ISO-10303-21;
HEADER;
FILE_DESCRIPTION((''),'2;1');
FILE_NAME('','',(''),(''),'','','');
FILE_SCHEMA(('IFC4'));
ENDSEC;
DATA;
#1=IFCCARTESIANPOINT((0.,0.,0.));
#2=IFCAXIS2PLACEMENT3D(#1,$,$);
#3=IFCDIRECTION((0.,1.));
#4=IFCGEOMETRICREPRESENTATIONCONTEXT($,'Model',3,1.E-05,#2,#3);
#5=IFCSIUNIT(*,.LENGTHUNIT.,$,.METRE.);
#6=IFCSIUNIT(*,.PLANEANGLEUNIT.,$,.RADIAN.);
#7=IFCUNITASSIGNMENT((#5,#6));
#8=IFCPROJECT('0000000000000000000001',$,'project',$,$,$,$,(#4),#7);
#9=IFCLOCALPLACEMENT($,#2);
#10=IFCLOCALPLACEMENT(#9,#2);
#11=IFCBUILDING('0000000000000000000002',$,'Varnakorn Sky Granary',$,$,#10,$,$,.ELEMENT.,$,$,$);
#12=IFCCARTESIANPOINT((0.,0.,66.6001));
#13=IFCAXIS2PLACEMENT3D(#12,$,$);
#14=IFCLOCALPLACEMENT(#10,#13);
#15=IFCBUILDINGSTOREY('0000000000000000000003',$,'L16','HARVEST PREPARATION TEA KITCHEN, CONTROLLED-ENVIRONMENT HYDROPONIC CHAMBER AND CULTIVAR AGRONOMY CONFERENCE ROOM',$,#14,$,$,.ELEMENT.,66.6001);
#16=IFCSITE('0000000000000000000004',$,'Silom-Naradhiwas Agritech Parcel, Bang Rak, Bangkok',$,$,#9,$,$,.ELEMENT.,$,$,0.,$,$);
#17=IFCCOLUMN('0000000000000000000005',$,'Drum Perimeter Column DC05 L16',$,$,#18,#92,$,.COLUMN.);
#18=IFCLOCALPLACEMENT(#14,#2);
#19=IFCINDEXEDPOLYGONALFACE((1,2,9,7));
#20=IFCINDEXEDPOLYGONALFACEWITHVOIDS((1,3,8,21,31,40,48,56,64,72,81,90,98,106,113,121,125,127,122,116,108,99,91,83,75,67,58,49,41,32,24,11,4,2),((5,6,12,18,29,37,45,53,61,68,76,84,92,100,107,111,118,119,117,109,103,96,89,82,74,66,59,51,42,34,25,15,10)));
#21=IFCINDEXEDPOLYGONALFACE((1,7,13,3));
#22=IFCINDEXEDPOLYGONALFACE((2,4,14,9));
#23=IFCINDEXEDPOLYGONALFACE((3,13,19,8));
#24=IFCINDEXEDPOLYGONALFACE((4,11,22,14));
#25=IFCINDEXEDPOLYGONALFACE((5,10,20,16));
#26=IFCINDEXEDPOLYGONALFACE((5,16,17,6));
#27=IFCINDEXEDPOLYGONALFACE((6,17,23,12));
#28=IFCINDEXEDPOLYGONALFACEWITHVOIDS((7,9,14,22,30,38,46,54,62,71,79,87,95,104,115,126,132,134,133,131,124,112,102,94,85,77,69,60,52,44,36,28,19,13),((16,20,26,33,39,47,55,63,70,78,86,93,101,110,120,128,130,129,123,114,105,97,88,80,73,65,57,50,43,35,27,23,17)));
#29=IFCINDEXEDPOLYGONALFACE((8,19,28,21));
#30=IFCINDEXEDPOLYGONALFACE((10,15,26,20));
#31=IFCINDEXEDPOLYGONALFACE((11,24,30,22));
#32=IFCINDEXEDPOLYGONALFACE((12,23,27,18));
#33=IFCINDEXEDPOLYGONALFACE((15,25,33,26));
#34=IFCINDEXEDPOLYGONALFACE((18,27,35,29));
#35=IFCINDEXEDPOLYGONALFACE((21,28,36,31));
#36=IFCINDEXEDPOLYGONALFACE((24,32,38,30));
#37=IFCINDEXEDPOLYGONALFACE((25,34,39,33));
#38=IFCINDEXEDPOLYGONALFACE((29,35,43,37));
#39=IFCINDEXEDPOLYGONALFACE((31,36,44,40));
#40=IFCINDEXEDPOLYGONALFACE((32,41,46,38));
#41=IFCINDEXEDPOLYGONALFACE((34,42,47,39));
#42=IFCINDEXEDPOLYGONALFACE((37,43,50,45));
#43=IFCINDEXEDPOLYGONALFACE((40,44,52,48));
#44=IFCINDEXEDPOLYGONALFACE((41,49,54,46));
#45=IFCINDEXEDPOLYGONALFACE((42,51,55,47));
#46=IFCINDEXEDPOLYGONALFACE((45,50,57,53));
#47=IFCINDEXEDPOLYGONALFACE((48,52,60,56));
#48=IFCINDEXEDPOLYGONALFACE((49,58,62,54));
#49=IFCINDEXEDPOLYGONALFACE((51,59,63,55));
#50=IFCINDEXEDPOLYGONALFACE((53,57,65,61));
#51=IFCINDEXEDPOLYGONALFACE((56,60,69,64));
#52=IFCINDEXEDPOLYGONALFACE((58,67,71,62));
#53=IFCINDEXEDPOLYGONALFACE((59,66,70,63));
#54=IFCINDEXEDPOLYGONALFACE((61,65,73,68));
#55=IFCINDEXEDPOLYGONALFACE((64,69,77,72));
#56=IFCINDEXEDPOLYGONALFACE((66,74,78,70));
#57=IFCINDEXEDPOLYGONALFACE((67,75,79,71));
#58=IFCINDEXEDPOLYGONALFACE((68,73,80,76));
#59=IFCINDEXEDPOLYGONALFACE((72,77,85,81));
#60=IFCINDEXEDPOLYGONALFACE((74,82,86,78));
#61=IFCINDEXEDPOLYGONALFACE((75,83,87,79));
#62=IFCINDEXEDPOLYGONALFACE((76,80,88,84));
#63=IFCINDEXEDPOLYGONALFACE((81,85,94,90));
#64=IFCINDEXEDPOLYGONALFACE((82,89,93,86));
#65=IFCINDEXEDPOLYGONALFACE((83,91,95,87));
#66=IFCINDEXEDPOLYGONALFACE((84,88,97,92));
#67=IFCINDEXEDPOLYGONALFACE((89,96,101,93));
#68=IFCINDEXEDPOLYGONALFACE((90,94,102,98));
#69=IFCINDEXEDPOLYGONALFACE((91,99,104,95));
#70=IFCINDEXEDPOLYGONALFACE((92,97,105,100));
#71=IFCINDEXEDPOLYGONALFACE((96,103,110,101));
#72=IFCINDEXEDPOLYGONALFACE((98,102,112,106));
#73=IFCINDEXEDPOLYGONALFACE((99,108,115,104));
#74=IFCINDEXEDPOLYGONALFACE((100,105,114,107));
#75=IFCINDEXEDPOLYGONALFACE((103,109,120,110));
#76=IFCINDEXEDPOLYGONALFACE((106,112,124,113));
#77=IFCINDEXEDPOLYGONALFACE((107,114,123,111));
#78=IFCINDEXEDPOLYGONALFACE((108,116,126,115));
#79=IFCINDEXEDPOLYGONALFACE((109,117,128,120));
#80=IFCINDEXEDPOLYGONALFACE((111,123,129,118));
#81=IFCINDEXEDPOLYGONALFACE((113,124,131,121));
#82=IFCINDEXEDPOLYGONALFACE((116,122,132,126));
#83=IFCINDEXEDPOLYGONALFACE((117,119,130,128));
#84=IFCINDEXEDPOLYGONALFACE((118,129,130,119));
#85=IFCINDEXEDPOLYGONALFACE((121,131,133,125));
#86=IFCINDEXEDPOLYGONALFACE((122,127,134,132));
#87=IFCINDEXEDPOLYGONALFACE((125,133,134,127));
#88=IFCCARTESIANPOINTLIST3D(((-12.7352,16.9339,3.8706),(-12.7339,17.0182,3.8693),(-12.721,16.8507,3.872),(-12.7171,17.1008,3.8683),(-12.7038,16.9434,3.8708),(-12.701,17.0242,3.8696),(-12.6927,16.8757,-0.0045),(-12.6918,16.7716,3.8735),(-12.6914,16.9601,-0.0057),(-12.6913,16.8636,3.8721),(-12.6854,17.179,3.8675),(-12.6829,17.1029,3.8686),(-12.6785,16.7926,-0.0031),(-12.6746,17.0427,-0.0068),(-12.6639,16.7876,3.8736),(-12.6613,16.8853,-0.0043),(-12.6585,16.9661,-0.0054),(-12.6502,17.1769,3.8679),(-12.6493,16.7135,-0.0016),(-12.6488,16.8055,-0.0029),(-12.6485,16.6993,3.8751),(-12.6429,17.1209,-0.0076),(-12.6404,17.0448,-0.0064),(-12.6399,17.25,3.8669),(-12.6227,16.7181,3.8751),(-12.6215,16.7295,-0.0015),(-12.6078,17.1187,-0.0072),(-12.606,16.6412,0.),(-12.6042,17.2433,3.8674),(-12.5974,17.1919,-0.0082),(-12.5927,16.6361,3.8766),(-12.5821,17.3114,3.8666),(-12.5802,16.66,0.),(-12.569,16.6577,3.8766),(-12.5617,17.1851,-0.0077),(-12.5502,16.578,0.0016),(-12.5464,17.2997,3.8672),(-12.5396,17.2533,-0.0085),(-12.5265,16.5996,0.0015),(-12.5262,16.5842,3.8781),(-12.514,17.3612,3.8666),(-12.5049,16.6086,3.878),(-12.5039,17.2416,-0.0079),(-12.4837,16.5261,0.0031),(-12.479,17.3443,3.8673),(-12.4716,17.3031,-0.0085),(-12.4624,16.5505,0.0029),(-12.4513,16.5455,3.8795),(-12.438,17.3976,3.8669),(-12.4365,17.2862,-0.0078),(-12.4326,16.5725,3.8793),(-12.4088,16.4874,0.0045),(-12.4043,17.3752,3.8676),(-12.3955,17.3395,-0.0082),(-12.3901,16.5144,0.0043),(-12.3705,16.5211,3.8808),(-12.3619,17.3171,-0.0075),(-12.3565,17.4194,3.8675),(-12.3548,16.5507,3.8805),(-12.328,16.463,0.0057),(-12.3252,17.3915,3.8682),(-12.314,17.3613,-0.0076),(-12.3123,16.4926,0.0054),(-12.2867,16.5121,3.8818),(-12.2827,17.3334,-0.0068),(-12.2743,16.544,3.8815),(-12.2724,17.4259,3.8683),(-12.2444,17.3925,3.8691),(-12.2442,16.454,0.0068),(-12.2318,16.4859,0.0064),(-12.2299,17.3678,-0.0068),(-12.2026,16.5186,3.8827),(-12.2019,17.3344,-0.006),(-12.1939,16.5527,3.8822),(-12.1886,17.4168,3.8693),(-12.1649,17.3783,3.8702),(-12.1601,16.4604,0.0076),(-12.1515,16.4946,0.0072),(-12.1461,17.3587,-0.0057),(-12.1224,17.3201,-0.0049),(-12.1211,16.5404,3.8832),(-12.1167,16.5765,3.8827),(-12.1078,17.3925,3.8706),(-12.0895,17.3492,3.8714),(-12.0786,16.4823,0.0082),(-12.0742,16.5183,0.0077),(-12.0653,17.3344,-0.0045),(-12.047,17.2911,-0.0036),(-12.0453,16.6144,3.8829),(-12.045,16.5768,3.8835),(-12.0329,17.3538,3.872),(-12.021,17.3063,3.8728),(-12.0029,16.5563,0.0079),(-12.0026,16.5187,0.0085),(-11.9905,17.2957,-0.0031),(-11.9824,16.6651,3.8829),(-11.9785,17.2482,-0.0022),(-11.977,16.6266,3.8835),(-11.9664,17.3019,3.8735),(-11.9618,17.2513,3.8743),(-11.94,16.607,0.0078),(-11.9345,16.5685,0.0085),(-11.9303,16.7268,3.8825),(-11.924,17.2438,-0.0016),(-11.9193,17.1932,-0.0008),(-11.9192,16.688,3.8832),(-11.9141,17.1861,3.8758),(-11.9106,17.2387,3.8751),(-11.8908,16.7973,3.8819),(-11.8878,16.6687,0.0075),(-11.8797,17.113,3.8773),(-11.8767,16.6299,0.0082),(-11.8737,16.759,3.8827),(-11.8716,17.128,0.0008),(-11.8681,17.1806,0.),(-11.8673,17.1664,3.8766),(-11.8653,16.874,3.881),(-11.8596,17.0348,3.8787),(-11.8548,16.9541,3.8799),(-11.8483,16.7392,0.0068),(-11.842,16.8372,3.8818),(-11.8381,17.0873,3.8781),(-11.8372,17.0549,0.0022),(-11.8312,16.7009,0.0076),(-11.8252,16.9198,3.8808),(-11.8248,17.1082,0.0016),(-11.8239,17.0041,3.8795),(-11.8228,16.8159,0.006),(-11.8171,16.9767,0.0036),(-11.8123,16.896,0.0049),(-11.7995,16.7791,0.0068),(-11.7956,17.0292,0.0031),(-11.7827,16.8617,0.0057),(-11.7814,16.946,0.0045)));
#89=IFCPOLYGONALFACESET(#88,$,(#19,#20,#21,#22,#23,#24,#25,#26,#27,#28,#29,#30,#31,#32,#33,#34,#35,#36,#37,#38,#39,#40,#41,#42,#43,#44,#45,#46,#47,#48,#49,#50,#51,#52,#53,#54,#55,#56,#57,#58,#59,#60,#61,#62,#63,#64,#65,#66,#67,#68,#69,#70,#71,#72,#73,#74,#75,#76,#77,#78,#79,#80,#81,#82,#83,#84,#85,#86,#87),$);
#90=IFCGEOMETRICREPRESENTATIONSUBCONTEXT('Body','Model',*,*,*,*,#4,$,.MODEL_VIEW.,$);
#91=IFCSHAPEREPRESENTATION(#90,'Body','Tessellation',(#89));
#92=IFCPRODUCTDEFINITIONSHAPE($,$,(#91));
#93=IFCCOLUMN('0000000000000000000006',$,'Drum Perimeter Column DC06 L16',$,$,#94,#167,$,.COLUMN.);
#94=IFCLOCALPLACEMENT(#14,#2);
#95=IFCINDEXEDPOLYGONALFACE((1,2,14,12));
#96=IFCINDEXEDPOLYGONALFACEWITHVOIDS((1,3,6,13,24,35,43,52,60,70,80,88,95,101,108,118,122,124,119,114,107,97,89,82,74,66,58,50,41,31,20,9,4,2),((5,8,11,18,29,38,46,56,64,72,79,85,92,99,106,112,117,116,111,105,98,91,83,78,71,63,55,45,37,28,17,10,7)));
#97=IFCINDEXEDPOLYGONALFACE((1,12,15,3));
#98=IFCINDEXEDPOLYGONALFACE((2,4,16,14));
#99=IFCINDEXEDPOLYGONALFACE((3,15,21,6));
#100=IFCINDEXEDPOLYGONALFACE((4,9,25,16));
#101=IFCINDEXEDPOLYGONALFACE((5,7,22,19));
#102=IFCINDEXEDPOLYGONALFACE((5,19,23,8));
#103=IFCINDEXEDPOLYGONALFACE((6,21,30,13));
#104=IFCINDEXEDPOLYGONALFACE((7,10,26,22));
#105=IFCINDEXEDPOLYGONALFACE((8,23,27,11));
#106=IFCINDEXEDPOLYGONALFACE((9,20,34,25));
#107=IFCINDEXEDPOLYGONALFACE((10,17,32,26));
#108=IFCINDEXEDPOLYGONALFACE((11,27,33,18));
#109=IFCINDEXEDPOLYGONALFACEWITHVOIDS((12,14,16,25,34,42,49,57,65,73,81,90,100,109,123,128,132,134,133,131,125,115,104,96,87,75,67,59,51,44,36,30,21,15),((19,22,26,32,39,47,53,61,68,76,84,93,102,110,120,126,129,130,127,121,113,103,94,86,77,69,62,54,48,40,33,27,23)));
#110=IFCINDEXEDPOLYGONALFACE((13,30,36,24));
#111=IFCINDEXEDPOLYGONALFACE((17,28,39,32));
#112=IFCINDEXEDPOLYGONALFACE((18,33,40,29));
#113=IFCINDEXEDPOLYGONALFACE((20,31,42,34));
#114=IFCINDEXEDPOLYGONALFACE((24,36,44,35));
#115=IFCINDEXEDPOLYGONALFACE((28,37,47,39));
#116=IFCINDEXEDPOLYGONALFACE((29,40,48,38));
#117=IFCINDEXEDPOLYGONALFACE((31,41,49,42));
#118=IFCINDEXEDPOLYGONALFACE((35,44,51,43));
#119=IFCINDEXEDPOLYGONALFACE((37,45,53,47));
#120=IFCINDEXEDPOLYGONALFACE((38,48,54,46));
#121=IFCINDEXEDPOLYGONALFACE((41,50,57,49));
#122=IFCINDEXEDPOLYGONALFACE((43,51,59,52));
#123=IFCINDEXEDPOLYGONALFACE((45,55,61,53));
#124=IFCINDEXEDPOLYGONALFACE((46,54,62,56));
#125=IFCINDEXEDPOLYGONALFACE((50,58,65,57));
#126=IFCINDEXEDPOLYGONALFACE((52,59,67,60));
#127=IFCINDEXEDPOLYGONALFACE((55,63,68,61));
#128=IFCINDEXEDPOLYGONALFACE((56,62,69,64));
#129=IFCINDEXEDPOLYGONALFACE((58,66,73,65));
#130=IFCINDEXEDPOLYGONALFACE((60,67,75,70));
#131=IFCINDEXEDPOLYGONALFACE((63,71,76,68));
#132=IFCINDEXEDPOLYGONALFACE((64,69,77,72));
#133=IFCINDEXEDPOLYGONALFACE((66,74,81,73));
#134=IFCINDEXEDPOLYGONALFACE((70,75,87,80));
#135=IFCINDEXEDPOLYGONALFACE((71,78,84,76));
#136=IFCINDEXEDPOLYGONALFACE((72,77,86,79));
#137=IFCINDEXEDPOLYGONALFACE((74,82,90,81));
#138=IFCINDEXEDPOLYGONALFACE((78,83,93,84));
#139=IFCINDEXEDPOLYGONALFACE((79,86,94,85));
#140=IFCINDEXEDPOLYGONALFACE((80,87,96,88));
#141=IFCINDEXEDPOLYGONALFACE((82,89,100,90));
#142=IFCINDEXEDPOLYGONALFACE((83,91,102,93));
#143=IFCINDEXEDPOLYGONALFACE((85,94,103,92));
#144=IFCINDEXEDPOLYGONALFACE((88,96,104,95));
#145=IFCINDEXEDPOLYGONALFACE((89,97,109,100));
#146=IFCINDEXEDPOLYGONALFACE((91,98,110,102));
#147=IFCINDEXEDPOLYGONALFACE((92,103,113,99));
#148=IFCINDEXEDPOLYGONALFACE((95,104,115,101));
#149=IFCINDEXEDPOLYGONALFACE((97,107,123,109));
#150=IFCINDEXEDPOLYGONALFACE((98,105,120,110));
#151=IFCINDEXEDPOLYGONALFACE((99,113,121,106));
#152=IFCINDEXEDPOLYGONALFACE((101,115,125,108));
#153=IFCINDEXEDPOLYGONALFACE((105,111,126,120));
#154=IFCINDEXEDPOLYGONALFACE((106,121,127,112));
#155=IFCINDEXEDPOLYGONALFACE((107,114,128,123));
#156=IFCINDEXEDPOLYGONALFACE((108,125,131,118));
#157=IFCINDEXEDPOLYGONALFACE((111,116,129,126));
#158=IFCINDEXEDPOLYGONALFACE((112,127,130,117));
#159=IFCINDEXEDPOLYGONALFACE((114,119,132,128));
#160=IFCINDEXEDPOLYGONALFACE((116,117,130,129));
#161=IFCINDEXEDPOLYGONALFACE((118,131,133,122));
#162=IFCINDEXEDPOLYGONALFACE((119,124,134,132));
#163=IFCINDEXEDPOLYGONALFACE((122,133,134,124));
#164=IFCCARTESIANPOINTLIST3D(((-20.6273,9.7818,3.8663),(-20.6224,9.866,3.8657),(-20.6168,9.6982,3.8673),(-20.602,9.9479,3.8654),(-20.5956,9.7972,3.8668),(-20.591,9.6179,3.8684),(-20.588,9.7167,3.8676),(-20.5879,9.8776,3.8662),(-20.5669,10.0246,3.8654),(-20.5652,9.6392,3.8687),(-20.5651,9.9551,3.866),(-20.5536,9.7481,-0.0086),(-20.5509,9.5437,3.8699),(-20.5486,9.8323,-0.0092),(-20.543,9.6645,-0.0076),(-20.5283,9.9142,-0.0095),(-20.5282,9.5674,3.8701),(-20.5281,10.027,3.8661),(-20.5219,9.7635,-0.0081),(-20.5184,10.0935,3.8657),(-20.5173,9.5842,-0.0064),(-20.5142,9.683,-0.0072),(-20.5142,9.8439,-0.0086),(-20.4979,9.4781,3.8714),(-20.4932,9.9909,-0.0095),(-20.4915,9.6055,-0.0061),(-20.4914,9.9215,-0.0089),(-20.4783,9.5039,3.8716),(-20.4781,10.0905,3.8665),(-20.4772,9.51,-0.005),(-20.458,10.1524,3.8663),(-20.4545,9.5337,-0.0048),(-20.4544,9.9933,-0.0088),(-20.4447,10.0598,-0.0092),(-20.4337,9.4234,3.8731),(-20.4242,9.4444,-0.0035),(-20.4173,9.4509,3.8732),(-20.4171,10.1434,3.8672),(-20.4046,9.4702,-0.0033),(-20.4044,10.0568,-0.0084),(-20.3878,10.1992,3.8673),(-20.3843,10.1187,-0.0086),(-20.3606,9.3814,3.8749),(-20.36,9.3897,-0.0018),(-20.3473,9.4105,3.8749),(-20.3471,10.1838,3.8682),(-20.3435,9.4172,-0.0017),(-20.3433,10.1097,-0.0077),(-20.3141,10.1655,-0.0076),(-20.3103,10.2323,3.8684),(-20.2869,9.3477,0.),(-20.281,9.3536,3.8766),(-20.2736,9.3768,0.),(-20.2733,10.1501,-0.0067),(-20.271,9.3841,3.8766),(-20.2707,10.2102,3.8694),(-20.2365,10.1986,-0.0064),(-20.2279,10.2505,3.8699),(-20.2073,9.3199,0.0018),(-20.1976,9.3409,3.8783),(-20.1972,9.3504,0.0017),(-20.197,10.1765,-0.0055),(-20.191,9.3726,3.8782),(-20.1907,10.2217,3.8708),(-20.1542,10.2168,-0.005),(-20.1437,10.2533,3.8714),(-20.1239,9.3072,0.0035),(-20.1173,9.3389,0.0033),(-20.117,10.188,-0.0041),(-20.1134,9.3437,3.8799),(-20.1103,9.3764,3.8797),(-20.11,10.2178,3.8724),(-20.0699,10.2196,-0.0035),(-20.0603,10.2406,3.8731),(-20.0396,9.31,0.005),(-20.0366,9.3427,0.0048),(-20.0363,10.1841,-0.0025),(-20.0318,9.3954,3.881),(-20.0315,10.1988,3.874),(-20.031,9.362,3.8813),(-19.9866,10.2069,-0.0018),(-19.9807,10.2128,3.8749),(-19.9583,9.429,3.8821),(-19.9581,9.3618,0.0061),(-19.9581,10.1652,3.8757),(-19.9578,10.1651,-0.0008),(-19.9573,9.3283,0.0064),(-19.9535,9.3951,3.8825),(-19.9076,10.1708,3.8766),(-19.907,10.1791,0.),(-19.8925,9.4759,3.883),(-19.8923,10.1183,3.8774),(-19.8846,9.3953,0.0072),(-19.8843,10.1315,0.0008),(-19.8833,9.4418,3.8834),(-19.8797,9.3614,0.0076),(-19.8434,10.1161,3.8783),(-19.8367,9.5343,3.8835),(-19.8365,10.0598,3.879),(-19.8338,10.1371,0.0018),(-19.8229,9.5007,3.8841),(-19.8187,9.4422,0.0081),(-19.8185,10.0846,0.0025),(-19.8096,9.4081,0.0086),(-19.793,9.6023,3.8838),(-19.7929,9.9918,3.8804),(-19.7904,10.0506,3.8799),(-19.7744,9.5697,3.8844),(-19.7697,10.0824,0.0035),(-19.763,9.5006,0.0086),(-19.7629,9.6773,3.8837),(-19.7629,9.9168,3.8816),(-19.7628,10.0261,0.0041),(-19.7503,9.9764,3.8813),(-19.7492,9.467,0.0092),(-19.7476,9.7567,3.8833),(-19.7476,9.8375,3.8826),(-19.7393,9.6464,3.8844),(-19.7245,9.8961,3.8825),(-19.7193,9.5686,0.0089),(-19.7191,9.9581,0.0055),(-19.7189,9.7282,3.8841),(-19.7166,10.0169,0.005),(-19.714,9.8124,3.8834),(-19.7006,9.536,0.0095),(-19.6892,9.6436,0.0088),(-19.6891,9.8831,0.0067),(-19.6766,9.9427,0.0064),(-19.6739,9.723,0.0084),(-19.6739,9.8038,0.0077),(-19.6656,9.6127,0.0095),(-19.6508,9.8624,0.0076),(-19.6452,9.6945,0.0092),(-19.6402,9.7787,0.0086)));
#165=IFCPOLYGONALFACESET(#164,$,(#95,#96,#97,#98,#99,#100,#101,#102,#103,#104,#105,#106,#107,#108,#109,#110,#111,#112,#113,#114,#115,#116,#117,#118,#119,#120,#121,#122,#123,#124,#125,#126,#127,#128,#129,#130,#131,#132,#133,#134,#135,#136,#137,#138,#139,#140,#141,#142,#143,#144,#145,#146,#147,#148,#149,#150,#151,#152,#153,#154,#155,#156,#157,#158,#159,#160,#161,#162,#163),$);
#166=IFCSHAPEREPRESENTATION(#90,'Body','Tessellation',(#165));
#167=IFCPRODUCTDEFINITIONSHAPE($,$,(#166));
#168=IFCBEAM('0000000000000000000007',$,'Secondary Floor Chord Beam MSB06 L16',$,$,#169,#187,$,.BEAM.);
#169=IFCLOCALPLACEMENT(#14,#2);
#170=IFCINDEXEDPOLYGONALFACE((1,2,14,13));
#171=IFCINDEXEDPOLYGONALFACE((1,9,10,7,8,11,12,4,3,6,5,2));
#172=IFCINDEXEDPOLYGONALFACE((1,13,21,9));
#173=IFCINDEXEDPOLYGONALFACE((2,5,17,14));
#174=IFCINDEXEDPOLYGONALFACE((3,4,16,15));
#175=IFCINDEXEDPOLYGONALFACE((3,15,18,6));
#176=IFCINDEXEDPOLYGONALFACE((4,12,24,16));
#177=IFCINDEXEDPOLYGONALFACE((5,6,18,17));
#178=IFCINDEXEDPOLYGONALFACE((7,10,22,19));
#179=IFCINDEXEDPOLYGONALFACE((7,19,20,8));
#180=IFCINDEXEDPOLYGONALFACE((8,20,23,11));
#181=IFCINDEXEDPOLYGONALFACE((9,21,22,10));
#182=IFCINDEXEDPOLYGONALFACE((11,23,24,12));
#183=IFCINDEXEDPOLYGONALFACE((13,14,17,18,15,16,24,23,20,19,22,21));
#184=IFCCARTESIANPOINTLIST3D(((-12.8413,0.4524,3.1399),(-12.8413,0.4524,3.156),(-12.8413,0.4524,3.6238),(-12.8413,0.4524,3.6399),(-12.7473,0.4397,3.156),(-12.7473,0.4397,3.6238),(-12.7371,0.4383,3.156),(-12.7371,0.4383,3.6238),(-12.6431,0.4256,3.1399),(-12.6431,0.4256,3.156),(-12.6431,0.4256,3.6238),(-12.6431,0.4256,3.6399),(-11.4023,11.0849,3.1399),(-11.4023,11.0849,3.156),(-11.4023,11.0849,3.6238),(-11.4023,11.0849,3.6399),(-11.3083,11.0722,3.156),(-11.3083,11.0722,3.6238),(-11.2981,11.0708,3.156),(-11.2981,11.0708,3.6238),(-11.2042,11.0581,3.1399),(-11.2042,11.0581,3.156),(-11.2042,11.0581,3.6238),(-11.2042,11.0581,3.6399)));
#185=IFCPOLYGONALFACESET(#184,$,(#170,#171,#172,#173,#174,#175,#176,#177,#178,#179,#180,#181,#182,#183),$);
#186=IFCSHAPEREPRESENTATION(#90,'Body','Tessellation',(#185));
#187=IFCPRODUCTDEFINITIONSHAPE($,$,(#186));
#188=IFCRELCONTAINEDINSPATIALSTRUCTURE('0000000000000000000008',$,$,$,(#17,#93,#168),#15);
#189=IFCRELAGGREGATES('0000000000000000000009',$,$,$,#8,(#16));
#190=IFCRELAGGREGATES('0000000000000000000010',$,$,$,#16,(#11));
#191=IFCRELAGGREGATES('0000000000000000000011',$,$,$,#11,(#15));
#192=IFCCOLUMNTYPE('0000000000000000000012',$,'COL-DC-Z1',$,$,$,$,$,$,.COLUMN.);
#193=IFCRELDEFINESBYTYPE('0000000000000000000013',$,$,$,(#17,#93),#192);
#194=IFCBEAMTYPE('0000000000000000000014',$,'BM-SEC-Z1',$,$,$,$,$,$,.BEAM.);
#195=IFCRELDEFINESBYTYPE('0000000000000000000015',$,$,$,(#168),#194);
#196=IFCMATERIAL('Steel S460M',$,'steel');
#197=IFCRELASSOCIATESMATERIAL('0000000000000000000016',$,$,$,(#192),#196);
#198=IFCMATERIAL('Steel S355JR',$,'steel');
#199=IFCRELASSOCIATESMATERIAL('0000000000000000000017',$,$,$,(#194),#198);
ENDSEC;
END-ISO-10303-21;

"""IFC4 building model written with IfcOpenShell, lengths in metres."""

from ifc_helpers import new_model, si_unit, direction, frame, origin, origin_2d, place, context, subcontext, project, spatial, hollow_circle, i_section, extrude, material, material_profile, profile_set, type_object, element, save


model = new_model("IFC4")

# Units and contexts
model_context = context("Model", 3, precision=1e-05, world=origin(), true_north=direction((0.0, 1.0)))
body_context = subcontext(model_context, "Body", "Model", "MODEL_VIEW")
ifc_project = project(units=[si_unit("LENGTHUNIT", "METRE"), si_unit("PLANEANGLEUNIT", "RADIAN")], contexts=[model_context])

# Site, building, storey
site_placement = place(None, origin())
site = spatial("IfcSite", under=ifc_project, at=site_placement, Name="Silom-Naradhiwas Agritech Parcel, Bang Rak, Bangkok", CompositionType="ELEMENT", RefElevation=0.0)
building_placement = place(site_placement, origin())
building = spatial("IfcBuilding", under=site, at=building_placement, Name="Varnakorn Sky Granary", CompositionType="ELEMENT")
storey_placement = place(building_placement, frame((0.0, 0.0, 66.6001)))
storey = spatial("IfcBuildingStorey", under=building, at=storey_placement, Name="L16", Description="HARVEST PREPARATION TEA KITCHEN, CONTROLLED-ENVIRONMENT HYDROPONIC CHAMBER AND CULTIVAR AGRONOMY CONFERENCE ROOM", CompositionType="ELEMENT", Elevation=66.6001)

# Columns
ifc_material_1 = material(Name="Steel S460M", Category="steel")
ifc_material_profile_1 = material_profile(ifc_material_1, hollow_circle(Radius=0.457, WallThickness=0.032, at=origin_2d()), Name="CHS 914x32")
ifc_profile_set_1 = profile_set([ifc_material_profile_1], Name="Steel S460M")
column_type = type_object("IfcColumnType", Name="COL-DC-Z1", PredefinedType="COLUMN", material=ifc_profile_set_1)
for number, where, z_axis, x_axis, name in (
    (1, (-12.2371, 16.9109, 0.0), (-0.010961, 0.014992, 0.999828), (-0.807267, -0.590187, 0.0), "Drum Perimeter Column DC05 L16"),
    (2, (-20.0969, 9.7634, 0.0), (-0.019023, 0.008693, 0.999781), (-0.415617, -0.90954, 0.0), "Drum Perimeter Column DC06 L16"),
):
    element("IfcColumn", number, at=place(storey_placement, frame(where, z_axis=z_axis, x_axis=x_axis)), inside=storey, type_object=column_type, Name=name, PredefinedType="COLUMN", context=body_context, shape_type="SweptSolid", body=[
        extrude(hollow_circle(Radius=0.457, WallThickness=0.032, at=origin_2d()), origin(), (0.0, 0.0, 1.0), 3.8757),
    ])

# Beam
ifc_material_2 = material(Name="Steel S355JR", Category="steel")
ifc_material_profile_2 = material_profile(ifc_material_2, i_section(OverallWidth=0.2, OverallDepth=0.5, WebThickness=0.0103, FlangeThickness=0.0161, at=origin_2d()), Name="IPE 500")
ifc_profile_set_2 = profile_set([ifc_material_profile_2], Name="Steel S355JR")
beam_type_1 = type_object("IfcBeamType", Name="BM-SEC-Z1", PredefinedType="BEAM", material=ifc_profile_set_2)
beam_1_placement = place(storey_placement, frame((-11.3032, 11.0715, 3.3899), z_axis=(-0.134113, -0.990966, 0.0), x_axis=(0.990966, -0.134113, 0.0)))
element("IfcBeam", 3, at=beam_1_placement, inside=storey, type_object=beam_type_1, Name="Secondary Floor Chord Beam MSB06 L16", PredefinedType="BEAM", context=body_context, shape_type="SweptSolid", body=[
    extrude(i_section(OverallWidth=0.2, OverallDepth=0.5, WebThickness=0.0103, FlangeThickness=0.0161, at=origin_2d()), origin(), (0.0, 0.0, 1.0), 10.7295),
])

save(model, "model.ifc")
